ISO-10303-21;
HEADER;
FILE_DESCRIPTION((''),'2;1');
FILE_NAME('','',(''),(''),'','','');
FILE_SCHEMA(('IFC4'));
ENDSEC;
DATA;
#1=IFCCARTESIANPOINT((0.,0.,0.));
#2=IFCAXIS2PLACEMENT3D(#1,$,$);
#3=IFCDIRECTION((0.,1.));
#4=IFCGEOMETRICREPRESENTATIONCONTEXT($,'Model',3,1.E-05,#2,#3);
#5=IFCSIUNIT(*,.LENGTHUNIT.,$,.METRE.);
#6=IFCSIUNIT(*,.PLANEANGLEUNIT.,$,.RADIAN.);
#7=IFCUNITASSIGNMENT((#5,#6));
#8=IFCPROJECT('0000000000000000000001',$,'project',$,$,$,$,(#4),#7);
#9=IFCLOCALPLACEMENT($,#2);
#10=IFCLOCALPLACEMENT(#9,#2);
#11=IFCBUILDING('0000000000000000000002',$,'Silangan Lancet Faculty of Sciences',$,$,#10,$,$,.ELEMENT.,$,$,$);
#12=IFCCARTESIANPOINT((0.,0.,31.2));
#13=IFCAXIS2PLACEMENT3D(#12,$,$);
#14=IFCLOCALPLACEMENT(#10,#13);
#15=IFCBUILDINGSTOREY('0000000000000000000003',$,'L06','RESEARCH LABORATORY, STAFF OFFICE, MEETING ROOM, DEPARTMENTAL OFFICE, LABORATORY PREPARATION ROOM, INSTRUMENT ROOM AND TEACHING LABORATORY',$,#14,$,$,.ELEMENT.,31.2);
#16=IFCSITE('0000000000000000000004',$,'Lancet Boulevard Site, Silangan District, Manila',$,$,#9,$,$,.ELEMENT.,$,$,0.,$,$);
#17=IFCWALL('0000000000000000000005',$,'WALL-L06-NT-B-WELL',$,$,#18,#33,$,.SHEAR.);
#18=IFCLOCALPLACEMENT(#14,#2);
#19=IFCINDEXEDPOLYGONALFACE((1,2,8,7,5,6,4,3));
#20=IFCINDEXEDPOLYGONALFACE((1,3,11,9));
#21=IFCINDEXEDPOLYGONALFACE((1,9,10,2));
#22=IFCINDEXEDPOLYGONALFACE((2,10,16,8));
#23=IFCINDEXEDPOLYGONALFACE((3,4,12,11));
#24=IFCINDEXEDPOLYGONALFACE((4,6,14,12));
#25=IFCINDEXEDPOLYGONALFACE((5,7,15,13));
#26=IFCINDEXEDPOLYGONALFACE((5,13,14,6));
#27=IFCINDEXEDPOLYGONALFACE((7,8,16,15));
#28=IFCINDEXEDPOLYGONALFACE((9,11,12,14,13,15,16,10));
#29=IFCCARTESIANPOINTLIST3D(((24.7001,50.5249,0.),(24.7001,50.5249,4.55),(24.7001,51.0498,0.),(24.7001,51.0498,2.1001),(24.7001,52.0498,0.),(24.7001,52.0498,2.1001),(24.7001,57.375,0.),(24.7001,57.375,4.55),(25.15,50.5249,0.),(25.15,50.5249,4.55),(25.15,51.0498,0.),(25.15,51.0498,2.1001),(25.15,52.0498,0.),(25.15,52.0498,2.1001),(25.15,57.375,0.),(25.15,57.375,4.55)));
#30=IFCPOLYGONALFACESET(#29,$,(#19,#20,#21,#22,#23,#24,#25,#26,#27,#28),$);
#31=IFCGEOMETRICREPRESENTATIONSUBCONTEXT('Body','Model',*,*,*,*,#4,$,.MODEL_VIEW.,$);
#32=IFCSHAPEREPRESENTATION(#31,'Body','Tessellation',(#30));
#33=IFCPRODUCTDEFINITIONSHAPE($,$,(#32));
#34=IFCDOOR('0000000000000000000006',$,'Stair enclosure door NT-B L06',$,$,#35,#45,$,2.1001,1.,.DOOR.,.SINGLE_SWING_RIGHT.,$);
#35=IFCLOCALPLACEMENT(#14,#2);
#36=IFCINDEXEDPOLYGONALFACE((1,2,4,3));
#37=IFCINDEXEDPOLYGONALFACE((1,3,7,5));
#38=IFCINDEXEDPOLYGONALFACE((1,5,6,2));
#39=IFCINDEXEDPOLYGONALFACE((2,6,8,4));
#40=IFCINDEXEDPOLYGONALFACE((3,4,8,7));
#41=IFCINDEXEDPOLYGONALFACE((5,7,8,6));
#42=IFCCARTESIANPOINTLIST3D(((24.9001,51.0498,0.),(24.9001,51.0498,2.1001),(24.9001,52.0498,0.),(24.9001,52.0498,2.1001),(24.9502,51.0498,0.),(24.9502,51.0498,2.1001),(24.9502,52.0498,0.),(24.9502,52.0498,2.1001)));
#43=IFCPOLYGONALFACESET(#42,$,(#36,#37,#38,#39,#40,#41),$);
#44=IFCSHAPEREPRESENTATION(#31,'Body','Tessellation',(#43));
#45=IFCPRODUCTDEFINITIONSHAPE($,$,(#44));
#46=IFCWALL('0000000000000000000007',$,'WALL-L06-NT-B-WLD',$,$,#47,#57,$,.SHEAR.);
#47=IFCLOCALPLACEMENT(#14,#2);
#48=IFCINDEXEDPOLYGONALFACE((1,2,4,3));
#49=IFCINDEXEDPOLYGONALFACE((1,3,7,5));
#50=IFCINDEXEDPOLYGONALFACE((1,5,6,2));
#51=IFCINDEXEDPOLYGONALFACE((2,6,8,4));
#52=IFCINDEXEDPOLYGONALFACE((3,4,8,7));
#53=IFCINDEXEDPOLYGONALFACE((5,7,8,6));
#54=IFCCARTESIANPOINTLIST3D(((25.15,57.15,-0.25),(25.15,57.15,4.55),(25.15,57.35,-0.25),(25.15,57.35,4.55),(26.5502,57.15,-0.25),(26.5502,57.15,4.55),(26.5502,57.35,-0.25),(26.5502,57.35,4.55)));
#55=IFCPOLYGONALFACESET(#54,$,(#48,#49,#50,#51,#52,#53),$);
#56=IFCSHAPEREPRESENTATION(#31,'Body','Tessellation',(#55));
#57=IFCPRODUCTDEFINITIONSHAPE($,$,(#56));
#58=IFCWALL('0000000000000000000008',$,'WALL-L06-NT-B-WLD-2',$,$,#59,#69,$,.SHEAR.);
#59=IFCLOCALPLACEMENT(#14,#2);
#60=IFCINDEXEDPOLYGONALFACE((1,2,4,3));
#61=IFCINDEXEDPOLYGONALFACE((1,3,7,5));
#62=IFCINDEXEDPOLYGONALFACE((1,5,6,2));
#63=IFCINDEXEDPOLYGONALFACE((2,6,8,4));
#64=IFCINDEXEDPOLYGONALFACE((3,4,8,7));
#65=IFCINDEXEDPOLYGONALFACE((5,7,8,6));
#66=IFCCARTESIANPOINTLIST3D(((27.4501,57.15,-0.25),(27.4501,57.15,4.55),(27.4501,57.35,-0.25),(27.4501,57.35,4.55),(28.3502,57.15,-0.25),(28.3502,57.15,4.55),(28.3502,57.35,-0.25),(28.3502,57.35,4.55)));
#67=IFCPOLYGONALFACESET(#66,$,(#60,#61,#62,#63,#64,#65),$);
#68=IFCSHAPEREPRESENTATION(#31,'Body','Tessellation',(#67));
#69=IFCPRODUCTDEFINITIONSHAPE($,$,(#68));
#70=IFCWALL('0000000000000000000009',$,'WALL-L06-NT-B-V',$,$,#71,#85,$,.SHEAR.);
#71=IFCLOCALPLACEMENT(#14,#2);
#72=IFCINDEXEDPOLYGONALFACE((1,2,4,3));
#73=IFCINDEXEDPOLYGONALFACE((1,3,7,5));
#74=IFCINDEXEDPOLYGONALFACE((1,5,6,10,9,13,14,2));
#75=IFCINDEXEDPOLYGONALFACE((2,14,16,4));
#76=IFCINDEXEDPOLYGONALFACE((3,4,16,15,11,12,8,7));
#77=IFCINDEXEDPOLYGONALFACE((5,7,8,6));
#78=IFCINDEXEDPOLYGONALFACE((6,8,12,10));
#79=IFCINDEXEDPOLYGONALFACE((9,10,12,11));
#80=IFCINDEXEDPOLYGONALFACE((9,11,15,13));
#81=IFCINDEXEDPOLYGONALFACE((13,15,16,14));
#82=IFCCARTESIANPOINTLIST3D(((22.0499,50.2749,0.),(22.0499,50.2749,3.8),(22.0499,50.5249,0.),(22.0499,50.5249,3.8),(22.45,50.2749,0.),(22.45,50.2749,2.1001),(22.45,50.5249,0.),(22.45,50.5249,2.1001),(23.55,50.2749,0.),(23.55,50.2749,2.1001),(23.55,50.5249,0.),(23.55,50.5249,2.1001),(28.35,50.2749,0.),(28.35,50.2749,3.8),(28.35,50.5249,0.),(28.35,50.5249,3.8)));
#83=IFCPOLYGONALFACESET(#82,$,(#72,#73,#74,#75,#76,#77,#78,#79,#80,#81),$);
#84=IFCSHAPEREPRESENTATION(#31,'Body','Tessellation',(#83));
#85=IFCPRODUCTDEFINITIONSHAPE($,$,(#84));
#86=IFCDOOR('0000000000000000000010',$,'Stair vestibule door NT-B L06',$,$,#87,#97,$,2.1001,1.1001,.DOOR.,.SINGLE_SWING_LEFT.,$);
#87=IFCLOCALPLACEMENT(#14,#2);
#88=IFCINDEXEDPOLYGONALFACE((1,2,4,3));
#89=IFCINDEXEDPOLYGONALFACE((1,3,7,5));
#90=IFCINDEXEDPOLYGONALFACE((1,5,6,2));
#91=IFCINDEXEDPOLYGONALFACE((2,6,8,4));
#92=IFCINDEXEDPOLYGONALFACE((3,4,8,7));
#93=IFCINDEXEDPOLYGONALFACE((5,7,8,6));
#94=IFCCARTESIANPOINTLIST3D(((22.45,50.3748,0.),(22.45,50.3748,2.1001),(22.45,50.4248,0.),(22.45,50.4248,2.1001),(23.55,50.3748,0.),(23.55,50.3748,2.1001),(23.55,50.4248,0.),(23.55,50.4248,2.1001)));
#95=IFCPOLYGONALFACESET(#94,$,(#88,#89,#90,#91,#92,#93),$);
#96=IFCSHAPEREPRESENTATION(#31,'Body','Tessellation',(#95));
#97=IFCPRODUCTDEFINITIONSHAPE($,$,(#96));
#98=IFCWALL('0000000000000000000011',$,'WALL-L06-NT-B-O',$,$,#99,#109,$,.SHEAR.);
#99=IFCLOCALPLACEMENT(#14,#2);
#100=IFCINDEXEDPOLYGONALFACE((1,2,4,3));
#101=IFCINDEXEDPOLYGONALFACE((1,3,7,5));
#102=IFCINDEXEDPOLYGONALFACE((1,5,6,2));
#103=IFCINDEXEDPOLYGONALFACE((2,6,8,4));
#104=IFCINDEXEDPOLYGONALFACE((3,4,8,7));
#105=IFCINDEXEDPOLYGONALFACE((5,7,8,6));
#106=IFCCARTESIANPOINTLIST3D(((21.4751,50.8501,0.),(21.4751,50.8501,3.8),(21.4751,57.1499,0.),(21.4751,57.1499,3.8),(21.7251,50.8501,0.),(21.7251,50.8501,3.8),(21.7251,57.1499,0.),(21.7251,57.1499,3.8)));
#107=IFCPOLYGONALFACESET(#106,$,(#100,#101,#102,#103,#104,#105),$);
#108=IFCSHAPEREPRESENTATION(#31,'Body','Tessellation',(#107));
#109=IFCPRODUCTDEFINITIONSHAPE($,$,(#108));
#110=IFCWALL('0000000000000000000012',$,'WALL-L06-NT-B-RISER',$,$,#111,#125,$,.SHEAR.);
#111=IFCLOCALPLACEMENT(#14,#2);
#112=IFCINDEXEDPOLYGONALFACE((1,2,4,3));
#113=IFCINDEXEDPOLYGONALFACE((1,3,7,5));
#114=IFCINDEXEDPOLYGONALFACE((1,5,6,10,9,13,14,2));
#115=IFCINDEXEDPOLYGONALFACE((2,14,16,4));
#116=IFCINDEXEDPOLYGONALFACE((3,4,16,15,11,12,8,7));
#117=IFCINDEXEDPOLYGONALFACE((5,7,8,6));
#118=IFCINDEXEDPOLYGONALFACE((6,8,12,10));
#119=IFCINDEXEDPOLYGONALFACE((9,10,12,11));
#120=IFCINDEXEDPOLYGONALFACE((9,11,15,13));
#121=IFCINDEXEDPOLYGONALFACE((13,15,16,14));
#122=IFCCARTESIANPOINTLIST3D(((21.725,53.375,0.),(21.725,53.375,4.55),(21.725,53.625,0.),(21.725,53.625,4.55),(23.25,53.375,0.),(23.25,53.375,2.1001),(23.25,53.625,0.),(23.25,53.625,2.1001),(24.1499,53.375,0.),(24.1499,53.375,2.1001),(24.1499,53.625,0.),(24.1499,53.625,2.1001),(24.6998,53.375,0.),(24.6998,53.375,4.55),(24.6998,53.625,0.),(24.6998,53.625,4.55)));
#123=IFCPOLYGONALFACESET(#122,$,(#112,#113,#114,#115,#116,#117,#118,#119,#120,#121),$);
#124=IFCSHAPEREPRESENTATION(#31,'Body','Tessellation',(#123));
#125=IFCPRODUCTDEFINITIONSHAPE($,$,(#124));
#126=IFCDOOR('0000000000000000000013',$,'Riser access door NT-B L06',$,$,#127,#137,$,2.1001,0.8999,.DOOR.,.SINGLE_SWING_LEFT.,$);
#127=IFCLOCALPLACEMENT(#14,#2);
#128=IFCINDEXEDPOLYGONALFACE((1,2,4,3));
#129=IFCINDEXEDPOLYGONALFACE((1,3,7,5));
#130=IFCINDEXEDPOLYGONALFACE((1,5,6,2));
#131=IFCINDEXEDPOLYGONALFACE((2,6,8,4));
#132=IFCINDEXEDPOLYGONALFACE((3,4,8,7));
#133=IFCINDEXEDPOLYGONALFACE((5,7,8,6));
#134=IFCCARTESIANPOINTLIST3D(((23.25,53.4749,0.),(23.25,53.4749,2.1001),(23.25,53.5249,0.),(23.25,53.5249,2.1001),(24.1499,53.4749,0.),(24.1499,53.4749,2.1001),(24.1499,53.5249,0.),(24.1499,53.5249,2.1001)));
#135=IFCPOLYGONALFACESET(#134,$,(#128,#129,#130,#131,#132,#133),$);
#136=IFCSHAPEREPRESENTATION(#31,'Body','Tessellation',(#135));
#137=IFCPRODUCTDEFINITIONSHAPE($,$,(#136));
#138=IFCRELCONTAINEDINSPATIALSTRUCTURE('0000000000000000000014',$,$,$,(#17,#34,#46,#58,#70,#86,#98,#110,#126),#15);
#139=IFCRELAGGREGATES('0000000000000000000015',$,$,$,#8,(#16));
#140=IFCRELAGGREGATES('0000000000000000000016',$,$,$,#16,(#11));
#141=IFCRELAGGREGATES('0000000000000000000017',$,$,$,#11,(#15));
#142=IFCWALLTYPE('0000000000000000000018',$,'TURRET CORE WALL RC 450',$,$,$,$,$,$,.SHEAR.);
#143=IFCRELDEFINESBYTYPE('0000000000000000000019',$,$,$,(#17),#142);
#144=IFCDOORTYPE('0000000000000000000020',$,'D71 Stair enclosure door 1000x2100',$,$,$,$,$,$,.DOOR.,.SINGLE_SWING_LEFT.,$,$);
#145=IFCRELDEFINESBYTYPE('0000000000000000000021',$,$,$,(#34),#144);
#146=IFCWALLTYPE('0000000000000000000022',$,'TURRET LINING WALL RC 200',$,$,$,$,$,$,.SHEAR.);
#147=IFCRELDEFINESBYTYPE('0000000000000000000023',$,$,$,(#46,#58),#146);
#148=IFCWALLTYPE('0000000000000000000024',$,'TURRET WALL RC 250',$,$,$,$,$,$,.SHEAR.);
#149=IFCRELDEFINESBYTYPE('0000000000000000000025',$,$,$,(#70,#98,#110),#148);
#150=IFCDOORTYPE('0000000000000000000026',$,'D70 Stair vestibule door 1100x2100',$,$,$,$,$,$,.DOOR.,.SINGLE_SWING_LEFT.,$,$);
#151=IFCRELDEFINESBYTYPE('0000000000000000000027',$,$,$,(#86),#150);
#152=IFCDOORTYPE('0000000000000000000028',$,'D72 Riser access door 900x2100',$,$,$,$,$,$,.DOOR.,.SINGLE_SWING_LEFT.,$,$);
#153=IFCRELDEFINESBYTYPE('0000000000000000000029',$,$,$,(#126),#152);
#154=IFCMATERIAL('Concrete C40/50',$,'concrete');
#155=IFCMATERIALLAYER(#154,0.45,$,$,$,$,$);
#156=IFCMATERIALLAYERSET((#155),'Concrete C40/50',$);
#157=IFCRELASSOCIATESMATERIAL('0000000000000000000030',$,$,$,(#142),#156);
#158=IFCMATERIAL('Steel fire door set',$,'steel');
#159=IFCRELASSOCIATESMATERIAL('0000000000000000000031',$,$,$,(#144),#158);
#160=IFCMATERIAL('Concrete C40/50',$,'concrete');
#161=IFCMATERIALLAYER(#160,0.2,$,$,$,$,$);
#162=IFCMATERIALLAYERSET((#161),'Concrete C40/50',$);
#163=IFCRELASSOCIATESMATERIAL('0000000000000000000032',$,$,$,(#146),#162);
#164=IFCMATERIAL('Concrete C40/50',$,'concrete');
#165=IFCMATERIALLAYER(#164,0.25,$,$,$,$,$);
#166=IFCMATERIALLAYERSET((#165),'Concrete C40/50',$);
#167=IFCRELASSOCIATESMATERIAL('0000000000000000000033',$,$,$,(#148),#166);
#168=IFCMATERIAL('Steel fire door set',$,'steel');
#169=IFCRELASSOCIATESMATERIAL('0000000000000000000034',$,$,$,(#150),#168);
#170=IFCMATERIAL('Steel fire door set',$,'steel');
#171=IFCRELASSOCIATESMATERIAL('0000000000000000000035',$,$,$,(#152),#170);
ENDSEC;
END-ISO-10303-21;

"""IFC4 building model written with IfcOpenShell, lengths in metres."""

from ifc_helpers import new_model, si_unit, direction, frame, frame_2d, origin, place, context, subcontext, project, spatial, rectangle, extrude, material, layer, layer_set, type_object, element, fill, save


model = new_model("IFC4")

# Units and contexts
model_context = context("Model", 3, precision=1e-05, world=origin(), true_north=direction((0.0, 1.0)))
body_context = subcontext(model_context, "Body", "Model", "MODEL_VIEW")
ifc_project = project(units=[si_unit("LENGTHUNIT", "METRE"), si_unit("PLANEANGLEUNIT", "RADIAN")], contexts=[model_context])

# Site, building, storey
site_placement = place(None, origin())
site = spatial("IfcSite", under=ifc_project, at=site_placement, Name="Lancet Boulevard Site, Silangan District, Manila", CompositionType="ELEMENT", RefElevation=0.0)
building_placement = place(site_placement, origin())
building = spatial("IfcBuilding", under=site, at=building_placement, Name="Silangan Lancet Faculty of Sciences", CompositionType="ELEMENT")
storey_placement = place(building_placement, frame((0.0, 0.0, 31.2)))
storey = spatial("IfcBuildingStorey", under=building, at=storey_placement, Name="L06", Description="RESEARCH LABORATORY, STAFF OFFICE, MEETING ROOM, DEPARTMENTAL OFFICE, LABORATORY PREPARATION ROOM, INSTRUMENT ROOM AND TEACHING LABORATORY", CompositionType="ELEMENT", Elevation=31.2)

# Wall, opening, door
ifc_material_1 = material(Name="Concrete C40/50", Category="concrete")
ifc_layer_1 = layer(ifc_material_1, 0.45)
ifc_layer_set_1 = layer_set([ifc_layer_1], Name="Concrete C40/50")
wall_type_1 = type_object("IfcWallType", Name="TURRET CORE WALL RC 450", PredefinedType="SHEAR", material=ifc_layer_set_1)
wall_1_placement = place(storey_placement, frame((24.925, 50.5249, 0.0), z_axis=(0.0, 0.0, 1.0), x_axis=(0.0, 1.0, 0.0)))
wall_1 = element("IfcWall", 1, at=wall_1_placement, inside=storey, type_object=wall_type_1, Name="WALL-L06-NT-B-WELL", PredefinedType="SHEAR", context=body_context, shape_type="SweptSolid", body=[
    extrude(rectangle(XDim=6.8501, YDim=0.45, at=frame_2d((3.425, 0.0))), origin(), (0.0, 0.0, 1.0), 4.55),
])
opening_1_placement = place(wall_1_placement, frame((0.5249, 0.0, 0.0)))
opening_1 = element("IfcOpeningElement", 2, at=opening_1_placement, cuts=wall_1, PredefinedType="OPENING", context=body_context, shape_type="SweptSolid", body=[
    extrude(rectangle(XDim=1.0, YDim=2.1001, at=frame_2d((0.5, 1.05))), frame((0.0, 0.2349, 0.0), z_axis=(0.0, -1.0, 0.0), x_axis=(1.0, 0.0, 0.0)), (0.0, 0.0, 1.0), 0.47),
])
ifc_material_2 = material(Name="Steel fire door set", Category="steel")
door_type_1 = type_object("IfcDoorType", Name="D71 Stair enclosure door 1000x2100", OperationType="SINGLE_SWING_LEFT", PredefinedType="DOOR", material=ifc_material_2)
door_1_placement = place(opening_1_placement, frame((1.0, 0.0, 0.0), z_axis=(0.0, 0.0, 1.0), x_axis=(-1.0, 0.0, 0.0)))
door_1 = element("IfcDoor", 3, at=door_1_placement, inside=storey, type_object=door_type_1, Name="Stair enclosure door NT-B L06", OperationType="SINGLE_SWING_RIGHT", OverallHeight=2.1001, OverallWidth=1.0, PredefinedType="DOOR", context=body_context, shape_type="SweptSolid", body=[
    extrude(rectangle(XDim=1.0, YDim=2.1001, at=frame_2d((0.5, 1.05))), frame((0.0, 0.0251, 0.0), z_axis=(0.0, -1.0, 0.0), x_axis=(1.0, 0.0, 0.0)), (0.0, 0.0, 1.0), 0.05),
])
fill(opening_1, door_1)

# Walls
ifc_material_3 = material(Name="Concrete C40/50", Category="concrete")
ifc_layer_2 = layer(ifc_material_3, 0.2)
ifc_layer_set_2 = layer_set([ifc_layer_2], Name="Concrete C40/50")
wall_type_2 = type_object("IfcWallType", Name="TURRET LINING WALL RC 200", PredefinedType="SHEAR", material=ifc_layer_set_2)
wall_2_placement = place(storey_placement, frame((25.1499, 57.25, -0.25), z_axis=(0.0, 0.0, 1.0), x_axis=(1.0, 0.0, 0.0)))
element("IfcWall", 4, at=wall_2_placement, inside=storey, type_object=wall_type_2, Name="WALL-L06-NT-B-WLD", PredefinedType="SHEAR", context=body_context, shape_type="SweptSolid", body=[
    extrude(rectangle(XDim=1.4001, YDim=0.2, at=frame_2d((0.7002, 0.0))), origin(), (0.0, 0.0, 1.0), 4.8),
])
wall_3_placement = place(storey_placement, frame((27.45, 57.25, -0.25), z_axis=(0.0, 0.0, 1.0), x_axis=(1.0, 0.0, 0.0)))
element("IfcWall", 5, at=wall_3_placement, inside=storey, type_object=wall_type_2, Name="WALL-L06-NT-B-WLD-2", PredefinedType="SHEAR", context=body_context, shape_type="SweptSolid", body=[
    extrude(rectangle(XDim=0.9001, YDim=0.2, at=frame_2d((0.4502, 0.0))), origin(), (0.0, 0.0, 1.0), 4.8),
])

# Wall, opening, door
ifc_material_4 = material(Name="Concrete C40/50", Category="concrete")
ifc_layer_3 = layer(ifc_material_4, 0.25)
ifc_layer_set_3 = layer_set([ifc_layer_3], Name="Concrete C40/50")
wall_type_3 = type_object("IfcWallType", Name="TURRET WALL RC 250", PredefinedType="SHEAR", material=ifc_layer_set_3)
wall_4_placement = place(storey_placement, frame((22.05, 50.3999, 0.0), z_axis=(0.0, 0.0, 1.0), x_axis=(1.0, 0.0, 0.0)))
wall_4 = element("IfcWall", 6, at=wall_4_placement, inside=storey, type_object=wall_type_3, Name="WALL-L06-NT-B-V", PredefinedType="SHEAR", context=body_context, shape_type="SweptSolid", body=[
    extrude(rectangle(XDim=6.3, YDim=0.25, at=frame_2d((3.1499, 0.0))), origin(), (0.0, 0.0, 1.0), 3.8),
])
opening_2_placement = place(wall_4_placement, frame((0.3999, 0.0, 0.0)))
opening_2 = element("IfcOpeningElement", 7, at=opening_2_placement, cuts=wall_4, PredefinedType="OPENING", context=body_context, shape_type="SweptSolid", body=[
    extrude(rectangle(XDim=1.1001, YDim=2.1001, at=frame_2d((0.55, 1.05))), frame((0.0, 0.135, 0.0), z_axis=(0.0, -1.0, 0.0), x_axis=(1.0, 0.0, 0.0)), (0.0, 0.0, 1.0), 0.27),
])
ifc_material_5 = material(Name="Steel fire door set", Category="steel")
door_type_2 = type_object("IfcDoorType", Name="D70 Stair vestibule door 1100x2100", OperationType="SINGLE_SWING_LEFT", PredefinedType="DOOR", material=ifc_material_5)
door_2_placement = place(opening_2_placement, origin())
door_2 = element("IfcDoor", 8, at=door_2_placement, inside=storey, type_object=door_type_2, Name="Stair vestibule door NT-B L06", OperationType="SINGLE_SWING_LEFT", OverallHeight=2.1001, OverallWidth=1.1001, PredefinedType="DOOR", context=body_context, shape_type="SweptSolid", body=[
    extrude(rectangle(XDim=1.1001, YDim=2.1001, at=frame_2d((0.55, 1.05))), frame((0.0, 0.0249, 0.0), z_axis=(0.0, -1.0, 0.0), x_axis=(1.0, 0.0, 0.0)), (0.0, 0.0, 1.0), 0.05),
])
fill(opening_2, door_2)

# Wall
wall_5_placement = place(storey_placement, frame((21.6001, 50.8501, 0.0), z_axis=(0.0, 0.0, 1.0), x_axis=(0.0, 1.0, 0.0)))
element("IfcWall", 9, at=wall_5_placement, inside=storey, type_object=wall_type_3, Name="WALL-L06-NT-B-O", PredefinedType="SHEAR", context=body_context, shape_type="SweptSolid", body=[
    extrude(rectangle(XDim=6.2998, YDim=0.25, at=frame_2d((3.1499, 0.0))), origin(), (0.0, 0.0, 1.0), 3.8),
])

# Wall, opening, door
wall_6_placement = place(storey_placement, frame((21.7251, 53.5, 0.0), z_axis=(0.0, 0.0, 1.0), x_axis=(1.0, 0.0, 0.0)))
wall_6 = element("IfcWall", 10, at=wall_6_placement, inside=storey, type_object=wall_type_3, Name="WALL-L06-NT-B-RISER", PredefinedType="SHEAR", context=body_context, shape_type="SweptSolid", body=[
    extrude(rectangle(XDim=2.9749, YDim=0.25, at=frame_2d((1.4873, 0.0))), origin(), (0.0, 0.0, 1.0), 4.55),
])
opening_3_placement = place(wall_6_placement, frame((1.5249, 0.0, 0.0)))
opening_3 = element("IfcOpeningElement", 11, at=opening_3_placement, cuts=wall_6, PredefinedType="OPENING", context=body_context, shape_type="SweptSolid", body=[
    extrude(rectangle(XDim=0.8999, YDim=2.1001, at=frame_2d((0.45, 1.05))), frame((0.0, 0.135, 0.0), z_axis=(0.0, -1.0, 0.0), x_axis=(1.0, 0.0, 0.0)), (0.0, 0.0, 1.0), 0.27),
])
ifc_material_6 = material(Name="Steel fire door set", Category="steel")
door_type_3 = type_object("IfcDoorType", Name="D72 Riser access door 900x2100", OperationType="SINGLE_SWING_LEFT", PredefinedType="DOOR", material=ifc_material_6)
door_3_placement = place(opening_3_placement, origin())
door_3 = element("IfcDoor", 12, at=door_3_placement, inside=storey, type_object=door_type_3, Name="Riser access door NT-B L06", OperationType="SINGLE_SWING_LEFT", OverallHeight=2.1001, OverallWidth=0.8999, PredefinedType="DOOR", context=body_context, shape_type="SweptSolid", body=[
    extrude(rectangle(XDim=0.8999, YDim=2.1001, at=frame_2d((0.45, 1.05))), frame((0.0, 0.0249, 0.0), z_axis=(0.0, -1.0, 0.0), x_axis=(1.0, 0.0, 0.0)), (0.0, 0.0, 1.0), 0.05),
])
fill(opening_3, door_3)

save(model, "model.ifc")
